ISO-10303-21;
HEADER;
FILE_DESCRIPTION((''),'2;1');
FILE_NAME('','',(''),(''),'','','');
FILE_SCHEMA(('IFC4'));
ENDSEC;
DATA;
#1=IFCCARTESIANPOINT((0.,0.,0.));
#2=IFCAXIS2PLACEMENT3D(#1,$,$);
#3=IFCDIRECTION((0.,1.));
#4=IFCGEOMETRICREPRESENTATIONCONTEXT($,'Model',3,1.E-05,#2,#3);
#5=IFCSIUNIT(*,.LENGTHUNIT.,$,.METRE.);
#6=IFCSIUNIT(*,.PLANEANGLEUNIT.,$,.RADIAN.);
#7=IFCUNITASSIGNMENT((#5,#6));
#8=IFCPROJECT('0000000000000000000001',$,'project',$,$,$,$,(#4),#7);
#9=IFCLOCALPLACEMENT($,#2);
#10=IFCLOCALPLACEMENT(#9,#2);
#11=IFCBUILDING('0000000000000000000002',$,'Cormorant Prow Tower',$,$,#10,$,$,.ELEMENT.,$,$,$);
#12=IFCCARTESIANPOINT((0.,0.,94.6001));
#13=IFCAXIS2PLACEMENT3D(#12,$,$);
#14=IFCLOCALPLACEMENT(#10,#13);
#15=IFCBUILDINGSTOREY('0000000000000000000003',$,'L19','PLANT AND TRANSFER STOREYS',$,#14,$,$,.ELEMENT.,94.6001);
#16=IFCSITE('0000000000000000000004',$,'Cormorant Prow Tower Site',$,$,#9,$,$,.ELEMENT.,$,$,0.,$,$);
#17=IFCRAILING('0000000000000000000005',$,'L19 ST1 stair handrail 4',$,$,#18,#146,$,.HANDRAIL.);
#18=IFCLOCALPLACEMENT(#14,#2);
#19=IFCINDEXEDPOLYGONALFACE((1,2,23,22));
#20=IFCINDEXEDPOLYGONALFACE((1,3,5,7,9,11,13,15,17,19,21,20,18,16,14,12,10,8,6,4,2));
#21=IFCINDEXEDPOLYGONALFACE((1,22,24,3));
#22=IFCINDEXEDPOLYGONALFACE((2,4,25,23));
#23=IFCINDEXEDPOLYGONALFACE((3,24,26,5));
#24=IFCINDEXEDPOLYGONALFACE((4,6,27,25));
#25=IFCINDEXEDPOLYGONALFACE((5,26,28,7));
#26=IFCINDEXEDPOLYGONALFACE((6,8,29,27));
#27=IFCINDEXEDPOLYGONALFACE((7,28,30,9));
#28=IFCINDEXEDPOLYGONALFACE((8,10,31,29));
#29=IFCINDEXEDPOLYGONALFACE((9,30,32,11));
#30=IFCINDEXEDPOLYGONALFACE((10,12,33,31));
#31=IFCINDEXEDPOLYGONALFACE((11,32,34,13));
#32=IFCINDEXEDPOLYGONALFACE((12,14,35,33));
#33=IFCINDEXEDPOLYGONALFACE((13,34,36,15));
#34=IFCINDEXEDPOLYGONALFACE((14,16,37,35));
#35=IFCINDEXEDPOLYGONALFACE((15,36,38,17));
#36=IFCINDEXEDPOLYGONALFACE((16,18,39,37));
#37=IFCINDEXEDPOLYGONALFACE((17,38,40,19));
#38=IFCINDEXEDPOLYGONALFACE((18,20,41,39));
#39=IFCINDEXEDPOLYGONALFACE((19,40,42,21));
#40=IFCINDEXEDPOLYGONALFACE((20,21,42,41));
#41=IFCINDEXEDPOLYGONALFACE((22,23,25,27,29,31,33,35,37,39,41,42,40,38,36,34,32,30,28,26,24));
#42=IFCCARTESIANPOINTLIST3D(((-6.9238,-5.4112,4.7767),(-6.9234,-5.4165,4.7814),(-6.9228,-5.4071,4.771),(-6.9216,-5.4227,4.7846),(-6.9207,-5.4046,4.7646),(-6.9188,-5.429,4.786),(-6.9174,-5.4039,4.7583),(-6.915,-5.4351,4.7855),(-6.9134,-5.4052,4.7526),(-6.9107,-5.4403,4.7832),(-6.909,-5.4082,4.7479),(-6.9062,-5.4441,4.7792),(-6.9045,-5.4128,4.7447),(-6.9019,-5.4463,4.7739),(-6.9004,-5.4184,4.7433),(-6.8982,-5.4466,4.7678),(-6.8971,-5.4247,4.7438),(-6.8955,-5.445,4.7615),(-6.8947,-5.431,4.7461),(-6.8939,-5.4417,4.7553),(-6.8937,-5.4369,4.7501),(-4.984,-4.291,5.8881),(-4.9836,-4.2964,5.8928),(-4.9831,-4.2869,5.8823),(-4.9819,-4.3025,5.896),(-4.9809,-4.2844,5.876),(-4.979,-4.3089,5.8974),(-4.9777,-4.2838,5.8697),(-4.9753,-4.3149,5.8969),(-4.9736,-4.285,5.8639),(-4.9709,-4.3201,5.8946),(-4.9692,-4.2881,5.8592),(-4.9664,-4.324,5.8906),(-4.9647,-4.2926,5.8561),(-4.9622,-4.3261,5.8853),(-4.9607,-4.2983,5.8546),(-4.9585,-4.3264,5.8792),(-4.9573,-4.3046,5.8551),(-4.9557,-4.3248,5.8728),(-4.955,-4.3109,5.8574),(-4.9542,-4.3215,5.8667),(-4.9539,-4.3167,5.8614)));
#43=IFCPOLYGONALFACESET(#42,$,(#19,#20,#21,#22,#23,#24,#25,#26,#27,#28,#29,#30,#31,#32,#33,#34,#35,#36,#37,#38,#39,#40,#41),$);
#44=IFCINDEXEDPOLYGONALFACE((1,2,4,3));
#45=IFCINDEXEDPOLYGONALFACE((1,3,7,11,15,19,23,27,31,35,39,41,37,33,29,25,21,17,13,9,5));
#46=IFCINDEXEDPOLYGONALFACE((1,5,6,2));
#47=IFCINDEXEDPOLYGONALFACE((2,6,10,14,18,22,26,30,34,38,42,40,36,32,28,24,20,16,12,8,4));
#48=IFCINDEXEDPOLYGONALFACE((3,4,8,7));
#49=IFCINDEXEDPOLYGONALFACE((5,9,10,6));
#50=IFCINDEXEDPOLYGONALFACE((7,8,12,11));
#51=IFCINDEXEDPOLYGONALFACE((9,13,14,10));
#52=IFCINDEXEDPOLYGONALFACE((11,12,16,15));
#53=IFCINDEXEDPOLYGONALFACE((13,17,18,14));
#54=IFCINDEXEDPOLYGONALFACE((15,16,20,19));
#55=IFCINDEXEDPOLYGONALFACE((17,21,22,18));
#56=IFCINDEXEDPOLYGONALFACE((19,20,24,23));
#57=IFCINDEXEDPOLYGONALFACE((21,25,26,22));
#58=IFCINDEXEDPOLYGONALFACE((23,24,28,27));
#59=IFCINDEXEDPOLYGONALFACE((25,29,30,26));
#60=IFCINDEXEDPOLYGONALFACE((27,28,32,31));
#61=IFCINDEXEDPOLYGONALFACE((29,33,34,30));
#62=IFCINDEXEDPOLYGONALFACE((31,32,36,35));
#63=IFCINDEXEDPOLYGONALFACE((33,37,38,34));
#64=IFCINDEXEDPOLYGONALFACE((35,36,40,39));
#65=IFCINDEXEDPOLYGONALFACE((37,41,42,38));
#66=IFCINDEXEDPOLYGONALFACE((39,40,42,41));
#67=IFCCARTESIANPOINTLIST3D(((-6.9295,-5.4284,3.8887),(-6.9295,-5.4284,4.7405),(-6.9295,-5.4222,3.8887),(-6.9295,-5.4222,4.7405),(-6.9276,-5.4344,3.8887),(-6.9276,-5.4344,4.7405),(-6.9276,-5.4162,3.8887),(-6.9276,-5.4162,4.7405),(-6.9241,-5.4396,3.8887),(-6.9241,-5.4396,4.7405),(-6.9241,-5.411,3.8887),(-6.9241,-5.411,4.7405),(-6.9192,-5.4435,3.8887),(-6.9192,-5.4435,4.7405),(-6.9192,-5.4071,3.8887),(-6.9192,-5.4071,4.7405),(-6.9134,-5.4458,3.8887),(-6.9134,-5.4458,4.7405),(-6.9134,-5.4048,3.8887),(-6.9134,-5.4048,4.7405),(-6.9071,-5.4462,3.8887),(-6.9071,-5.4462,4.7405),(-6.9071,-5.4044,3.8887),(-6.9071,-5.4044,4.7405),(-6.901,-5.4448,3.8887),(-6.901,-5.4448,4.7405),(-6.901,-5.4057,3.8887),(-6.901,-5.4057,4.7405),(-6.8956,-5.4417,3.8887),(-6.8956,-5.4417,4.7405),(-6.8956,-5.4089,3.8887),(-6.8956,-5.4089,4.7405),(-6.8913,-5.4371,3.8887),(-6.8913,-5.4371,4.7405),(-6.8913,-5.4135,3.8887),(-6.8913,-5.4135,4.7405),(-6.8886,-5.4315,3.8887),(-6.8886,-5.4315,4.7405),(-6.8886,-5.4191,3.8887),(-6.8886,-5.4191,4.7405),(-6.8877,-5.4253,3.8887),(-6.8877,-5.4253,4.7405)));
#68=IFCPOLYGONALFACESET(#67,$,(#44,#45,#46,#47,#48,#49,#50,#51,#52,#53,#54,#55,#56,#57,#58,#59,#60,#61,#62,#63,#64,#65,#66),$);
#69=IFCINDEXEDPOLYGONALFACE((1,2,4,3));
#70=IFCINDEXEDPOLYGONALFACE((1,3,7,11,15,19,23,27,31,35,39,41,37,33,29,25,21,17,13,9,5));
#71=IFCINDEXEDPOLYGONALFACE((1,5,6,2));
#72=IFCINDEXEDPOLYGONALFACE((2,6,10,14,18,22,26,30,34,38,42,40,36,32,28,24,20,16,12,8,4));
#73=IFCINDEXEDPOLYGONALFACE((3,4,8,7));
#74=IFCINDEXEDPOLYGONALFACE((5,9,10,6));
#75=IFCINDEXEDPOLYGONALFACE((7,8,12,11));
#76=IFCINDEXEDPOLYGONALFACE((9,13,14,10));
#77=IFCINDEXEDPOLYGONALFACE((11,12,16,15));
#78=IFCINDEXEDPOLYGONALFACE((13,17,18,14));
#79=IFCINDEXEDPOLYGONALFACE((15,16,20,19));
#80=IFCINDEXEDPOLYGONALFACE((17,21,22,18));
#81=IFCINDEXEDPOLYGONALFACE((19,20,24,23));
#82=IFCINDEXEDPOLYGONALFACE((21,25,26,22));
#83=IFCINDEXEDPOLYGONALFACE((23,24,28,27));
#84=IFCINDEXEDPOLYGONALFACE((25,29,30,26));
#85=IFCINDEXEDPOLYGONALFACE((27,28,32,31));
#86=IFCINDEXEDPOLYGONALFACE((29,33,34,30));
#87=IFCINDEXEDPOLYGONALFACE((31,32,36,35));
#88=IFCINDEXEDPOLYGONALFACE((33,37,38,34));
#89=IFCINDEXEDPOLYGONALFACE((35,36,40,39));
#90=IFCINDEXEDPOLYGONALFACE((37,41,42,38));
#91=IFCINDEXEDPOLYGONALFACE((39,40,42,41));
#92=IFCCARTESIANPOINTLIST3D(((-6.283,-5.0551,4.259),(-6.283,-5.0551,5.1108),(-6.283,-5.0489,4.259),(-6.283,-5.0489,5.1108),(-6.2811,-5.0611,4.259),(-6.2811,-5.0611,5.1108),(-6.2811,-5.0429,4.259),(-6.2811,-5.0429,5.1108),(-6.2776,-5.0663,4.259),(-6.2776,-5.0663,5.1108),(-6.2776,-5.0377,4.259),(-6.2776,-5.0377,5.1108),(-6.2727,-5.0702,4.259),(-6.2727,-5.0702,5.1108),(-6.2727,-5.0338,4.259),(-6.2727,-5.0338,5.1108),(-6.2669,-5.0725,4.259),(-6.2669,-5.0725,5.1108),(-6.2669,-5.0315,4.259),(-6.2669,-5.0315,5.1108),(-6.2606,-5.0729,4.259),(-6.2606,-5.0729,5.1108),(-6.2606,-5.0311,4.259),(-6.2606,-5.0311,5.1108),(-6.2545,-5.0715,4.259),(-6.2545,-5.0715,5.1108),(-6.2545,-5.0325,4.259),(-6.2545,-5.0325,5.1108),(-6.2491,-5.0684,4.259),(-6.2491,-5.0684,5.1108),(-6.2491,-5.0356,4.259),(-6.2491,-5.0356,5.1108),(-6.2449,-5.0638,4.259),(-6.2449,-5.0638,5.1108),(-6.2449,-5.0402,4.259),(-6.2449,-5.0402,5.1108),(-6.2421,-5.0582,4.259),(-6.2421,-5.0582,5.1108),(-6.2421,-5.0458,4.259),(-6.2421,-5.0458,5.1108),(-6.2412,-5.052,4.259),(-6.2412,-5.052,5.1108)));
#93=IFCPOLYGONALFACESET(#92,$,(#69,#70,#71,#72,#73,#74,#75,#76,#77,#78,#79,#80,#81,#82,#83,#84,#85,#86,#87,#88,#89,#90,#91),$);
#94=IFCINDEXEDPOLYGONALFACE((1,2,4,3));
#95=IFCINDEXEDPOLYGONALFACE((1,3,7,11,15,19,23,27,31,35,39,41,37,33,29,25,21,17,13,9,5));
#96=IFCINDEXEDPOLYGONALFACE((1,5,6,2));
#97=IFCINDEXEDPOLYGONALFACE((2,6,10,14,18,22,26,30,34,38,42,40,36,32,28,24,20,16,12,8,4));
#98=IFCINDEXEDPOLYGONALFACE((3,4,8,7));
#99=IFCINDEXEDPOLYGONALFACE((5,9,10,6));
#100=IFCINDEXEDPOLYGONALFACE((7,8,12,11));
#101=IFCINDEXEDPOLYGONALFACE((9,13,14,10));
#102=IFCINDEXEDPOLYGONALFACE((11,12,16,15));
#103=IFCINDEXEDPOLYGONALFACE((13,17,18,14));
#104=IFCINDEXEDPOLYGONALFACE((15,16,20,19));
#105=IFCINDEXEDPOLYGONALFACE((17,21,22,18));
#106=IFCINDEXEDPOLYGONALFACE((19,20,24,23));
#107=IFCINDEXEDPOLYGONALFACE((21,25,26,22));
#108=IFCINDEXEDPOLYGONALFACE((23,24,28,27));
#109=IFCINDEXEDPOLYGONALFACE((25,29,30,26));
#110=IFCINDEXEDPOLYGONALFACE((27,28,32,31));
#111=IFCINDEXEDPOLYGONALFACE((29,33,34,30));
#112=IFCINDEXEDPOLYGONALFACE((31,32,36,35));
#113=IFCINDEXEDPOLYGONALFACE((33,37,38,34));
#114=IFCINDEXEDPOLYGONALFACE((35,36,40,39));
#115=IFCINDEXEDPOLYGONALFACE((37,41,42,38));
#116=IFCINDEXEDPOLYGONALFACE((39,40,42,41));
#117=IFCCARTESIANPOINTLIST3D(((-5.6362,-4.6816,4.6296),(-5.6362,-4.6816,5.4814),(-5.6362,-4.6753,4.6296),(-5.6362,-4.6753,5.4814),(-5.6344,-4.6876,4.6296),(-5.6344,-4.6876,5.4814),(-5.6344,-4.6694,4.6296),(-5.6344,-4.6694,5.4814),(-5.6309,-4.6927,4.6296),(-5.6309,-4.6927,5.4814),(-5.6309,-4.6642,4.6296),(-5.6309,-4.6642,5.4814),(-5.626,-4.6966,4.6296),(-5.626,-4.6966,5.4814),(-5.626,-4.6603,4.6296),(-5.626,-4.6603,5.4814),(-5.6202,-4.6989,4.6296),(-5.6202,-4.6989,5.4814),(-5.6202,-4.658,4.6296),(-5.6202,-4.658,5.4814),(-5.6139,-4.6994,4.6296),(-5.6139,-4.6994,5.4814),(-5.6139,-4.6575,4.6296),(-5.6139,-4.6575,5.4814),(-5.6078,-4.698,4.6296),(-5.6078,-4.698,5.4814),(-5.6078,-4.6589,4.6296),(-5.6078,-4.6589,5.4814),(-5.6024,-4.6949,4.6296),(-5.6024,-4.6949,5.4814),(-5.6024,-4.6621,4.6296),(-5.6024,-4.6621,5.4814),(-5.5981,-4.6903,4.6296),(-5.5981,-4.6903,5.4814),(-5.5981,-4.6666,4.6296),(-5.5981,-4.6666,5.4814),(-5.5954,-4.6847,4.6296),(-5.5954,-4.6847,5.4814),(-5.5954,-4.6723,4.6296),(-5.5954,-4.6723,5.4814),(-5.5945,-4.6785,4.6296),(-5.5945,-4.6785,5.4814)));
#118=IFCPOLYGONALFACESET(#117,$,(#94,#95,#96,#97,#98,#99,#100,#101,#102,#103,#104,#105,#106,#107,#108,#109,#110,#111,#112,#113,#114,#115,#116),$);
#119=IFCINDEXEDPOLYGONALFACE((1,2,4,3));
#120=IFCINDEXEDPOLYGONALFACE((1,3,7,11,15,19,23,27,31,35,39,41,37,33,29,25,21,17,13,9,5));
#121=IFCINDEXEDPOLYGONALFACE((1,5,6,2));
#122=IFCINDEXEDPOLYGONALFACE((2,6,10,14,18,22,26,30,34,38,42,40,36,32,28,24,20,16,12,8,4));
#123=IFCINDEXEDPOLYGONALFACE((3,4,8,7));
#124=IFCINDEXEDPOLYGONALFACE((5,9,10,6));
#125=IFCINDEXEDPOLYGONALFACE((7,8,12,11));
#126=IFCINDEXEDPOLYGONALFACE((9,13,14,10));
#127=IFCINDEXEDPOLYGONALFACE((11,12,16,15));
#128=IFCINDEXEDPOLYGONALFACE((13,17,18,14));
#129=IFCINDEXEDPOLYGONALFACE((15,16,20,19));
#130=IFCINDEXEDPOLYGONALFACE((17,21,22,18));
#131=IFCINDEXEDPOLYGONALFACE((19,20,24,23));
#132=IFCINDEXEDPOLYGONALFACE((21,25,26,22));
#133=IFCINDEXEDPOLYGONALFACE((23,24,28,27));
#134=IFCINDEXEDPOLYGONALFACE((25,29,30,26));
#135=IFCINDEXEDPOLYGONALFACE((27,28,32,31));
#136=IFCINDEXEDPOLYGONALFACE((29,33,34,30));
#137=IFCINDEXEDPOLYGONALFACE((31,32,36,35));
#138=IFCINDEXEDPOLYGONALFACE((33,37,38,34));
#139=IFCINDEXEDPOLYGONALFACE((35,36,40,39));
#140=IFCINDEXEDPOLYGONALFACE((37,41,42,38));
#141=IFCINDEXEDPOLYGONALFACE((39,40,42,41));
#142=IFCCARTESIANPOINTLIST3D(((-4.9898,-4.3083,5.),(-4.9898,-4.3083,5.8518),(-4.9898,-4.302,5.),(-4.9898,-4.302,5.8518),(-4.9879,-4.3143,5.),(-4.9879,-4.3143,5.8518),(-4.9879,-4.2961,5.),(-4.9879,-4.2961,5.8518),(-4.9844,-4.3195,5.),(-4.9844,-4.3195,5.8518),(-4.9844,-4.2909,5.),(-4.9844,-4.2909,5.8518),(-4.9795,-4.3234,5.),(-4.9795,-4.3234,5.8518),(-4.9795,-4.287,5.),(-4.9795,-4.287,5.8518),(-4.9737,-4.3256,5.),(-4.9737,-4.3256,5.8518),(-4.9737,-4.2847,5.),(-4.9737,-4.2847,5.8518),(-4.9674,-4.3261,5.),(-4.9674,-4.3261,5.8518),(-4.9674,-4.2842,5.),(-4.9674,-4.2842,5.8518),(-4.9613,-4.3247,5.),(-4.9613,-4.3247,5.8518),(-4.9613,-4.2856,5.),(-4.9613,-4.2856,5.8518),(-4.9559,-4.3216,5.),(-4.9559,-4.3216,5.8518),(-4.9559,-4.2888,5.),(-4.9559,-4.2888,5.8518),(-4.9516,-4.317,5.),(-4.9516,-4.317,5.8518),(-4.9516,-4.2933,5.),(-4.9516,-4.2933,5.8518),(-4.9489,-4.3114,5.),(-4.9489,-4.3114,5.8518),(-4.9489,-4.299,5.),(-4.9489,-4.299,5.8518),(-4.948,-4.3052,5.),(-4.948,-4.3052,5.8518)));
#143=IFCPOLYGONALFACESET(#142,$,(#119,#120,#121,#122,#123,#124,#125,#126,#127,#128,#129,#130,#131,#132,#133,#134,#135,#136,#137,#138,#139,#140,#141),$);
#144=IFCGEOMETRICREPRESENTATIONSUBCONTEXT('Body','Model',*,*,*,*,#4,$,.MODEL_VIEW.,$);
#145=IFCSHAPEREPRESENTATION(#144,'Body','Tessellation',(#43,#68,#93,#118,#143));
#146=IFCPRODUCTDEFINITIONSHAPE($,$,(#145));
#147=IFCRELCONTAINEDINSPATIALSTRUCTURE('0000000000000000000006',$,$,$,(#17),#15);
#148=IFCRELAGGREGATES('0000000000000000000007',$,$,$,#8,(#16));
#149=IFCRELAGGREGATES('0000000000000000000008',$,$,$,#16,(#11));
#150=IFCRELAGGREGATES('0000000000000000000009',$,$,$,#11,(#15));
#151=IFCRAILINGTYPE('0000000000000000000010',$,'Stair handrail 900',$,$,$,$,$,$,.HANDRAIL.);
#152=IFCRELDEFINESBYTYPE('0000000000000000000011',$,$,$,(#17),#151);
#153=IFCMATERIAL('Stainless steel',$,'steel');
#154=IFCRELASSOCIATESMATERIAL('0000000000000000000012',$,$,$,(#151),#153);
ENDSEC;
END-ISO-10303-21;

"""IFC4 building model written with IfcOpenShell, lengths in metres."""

from ifc_helpers import new_model, si_unit, direction, frame, origin, origin_2d, place, context, subcontext, project, spatial, circle, extrude, material, type_object, element, save


model = new_model("IFC4")

# Units and contexts
model_context = context("Model", 3, precision=1e-05, world=origin(), true_north=direction((0.0, 1.0)))
body_context = subcontext(model_context, "Body", "Model", "MODEL_VIEW")
ifc_project = project(units=[si_unit("LENGTHUNIT", "METRE"), si_unit("PLANEANGLEUNIT", "RADIAN")], contexts=[model_context])

# Site, building, storey
site_placement = place(None, origin())
site = spatial("IfcSite", under=ifc_project, at=site_placement, Name="Cormorant Prow Tower Site", CompositionType="ELEMENT", RefElevation=0.0)
building_placement = place(site_placement, origin())
building = spatial("IfcBuilding", under=site, at=building_placement, Name="Cormorant Prow Tower", CompositionType="ELEMENT")
storey_placement = place(building_placement, frame((0.0, 0.0, 94.6001)))
storey = spatial("IfcBuildingStorey", under=building, at=storey_placement, Name="L19", Description="PLANT AND TRANSFER STOREYS", CompositionType="ELEMENT", Elevation=94.6001)

# Railing
ifc_material_1 = material(Name="Stainless steel", Category="steel")
railing_type = type_object("IfcRailingType", Name="Stair handrail 900", PredefinedType="HANDRAIL", material=ifc_material_1)
for number, where, name in (
    (1, (-6.9087, -5.4253, 3.8887), "L19 ST1 stair handrail 4"),
):
    element("IfcRailing", number, at=place(storey_placement, frame(where)), inside=storey, type_object=railing_type, Name=name, PredefinedType="HANDRAIL", context=body_context, shape_type="SweptSolid", body=[
        extrude(circle(Radius=0.0239, at=origin_2d()), frame((0.0, 0.0, 0.876), z_axis=(0.775746, 0.44797, 0.444455), x_axis=(-0.500078, 0.86598, 0.0)), (0.0, 0.0, 1.0), 2.5005),
        extrude(circle(Radius=0.021, at=origin_2d()), origin(), (0.0, 0.0, 1.0), 0.8518),
        extrude(circle(Radius=0.021, at=origin_2d()), frame((0.6465, 0.3733, 0.3704)), (0.0, 0.0, 1.0), 0.8518),
        extrude(circle(Radius=0.021, at=origin_2d()), frame((1.2932, 0.7468, 0.741)), (0.0, 0.0, 1.0), 0.8518),
        extrude(circle(Radius=0.021, at=origin_2d()), frame((1.9397, 1.1201, 1.1113)), (0.0, 0.0, 1.0), 0.8518),
    ])

save(model, "model.ifc")
